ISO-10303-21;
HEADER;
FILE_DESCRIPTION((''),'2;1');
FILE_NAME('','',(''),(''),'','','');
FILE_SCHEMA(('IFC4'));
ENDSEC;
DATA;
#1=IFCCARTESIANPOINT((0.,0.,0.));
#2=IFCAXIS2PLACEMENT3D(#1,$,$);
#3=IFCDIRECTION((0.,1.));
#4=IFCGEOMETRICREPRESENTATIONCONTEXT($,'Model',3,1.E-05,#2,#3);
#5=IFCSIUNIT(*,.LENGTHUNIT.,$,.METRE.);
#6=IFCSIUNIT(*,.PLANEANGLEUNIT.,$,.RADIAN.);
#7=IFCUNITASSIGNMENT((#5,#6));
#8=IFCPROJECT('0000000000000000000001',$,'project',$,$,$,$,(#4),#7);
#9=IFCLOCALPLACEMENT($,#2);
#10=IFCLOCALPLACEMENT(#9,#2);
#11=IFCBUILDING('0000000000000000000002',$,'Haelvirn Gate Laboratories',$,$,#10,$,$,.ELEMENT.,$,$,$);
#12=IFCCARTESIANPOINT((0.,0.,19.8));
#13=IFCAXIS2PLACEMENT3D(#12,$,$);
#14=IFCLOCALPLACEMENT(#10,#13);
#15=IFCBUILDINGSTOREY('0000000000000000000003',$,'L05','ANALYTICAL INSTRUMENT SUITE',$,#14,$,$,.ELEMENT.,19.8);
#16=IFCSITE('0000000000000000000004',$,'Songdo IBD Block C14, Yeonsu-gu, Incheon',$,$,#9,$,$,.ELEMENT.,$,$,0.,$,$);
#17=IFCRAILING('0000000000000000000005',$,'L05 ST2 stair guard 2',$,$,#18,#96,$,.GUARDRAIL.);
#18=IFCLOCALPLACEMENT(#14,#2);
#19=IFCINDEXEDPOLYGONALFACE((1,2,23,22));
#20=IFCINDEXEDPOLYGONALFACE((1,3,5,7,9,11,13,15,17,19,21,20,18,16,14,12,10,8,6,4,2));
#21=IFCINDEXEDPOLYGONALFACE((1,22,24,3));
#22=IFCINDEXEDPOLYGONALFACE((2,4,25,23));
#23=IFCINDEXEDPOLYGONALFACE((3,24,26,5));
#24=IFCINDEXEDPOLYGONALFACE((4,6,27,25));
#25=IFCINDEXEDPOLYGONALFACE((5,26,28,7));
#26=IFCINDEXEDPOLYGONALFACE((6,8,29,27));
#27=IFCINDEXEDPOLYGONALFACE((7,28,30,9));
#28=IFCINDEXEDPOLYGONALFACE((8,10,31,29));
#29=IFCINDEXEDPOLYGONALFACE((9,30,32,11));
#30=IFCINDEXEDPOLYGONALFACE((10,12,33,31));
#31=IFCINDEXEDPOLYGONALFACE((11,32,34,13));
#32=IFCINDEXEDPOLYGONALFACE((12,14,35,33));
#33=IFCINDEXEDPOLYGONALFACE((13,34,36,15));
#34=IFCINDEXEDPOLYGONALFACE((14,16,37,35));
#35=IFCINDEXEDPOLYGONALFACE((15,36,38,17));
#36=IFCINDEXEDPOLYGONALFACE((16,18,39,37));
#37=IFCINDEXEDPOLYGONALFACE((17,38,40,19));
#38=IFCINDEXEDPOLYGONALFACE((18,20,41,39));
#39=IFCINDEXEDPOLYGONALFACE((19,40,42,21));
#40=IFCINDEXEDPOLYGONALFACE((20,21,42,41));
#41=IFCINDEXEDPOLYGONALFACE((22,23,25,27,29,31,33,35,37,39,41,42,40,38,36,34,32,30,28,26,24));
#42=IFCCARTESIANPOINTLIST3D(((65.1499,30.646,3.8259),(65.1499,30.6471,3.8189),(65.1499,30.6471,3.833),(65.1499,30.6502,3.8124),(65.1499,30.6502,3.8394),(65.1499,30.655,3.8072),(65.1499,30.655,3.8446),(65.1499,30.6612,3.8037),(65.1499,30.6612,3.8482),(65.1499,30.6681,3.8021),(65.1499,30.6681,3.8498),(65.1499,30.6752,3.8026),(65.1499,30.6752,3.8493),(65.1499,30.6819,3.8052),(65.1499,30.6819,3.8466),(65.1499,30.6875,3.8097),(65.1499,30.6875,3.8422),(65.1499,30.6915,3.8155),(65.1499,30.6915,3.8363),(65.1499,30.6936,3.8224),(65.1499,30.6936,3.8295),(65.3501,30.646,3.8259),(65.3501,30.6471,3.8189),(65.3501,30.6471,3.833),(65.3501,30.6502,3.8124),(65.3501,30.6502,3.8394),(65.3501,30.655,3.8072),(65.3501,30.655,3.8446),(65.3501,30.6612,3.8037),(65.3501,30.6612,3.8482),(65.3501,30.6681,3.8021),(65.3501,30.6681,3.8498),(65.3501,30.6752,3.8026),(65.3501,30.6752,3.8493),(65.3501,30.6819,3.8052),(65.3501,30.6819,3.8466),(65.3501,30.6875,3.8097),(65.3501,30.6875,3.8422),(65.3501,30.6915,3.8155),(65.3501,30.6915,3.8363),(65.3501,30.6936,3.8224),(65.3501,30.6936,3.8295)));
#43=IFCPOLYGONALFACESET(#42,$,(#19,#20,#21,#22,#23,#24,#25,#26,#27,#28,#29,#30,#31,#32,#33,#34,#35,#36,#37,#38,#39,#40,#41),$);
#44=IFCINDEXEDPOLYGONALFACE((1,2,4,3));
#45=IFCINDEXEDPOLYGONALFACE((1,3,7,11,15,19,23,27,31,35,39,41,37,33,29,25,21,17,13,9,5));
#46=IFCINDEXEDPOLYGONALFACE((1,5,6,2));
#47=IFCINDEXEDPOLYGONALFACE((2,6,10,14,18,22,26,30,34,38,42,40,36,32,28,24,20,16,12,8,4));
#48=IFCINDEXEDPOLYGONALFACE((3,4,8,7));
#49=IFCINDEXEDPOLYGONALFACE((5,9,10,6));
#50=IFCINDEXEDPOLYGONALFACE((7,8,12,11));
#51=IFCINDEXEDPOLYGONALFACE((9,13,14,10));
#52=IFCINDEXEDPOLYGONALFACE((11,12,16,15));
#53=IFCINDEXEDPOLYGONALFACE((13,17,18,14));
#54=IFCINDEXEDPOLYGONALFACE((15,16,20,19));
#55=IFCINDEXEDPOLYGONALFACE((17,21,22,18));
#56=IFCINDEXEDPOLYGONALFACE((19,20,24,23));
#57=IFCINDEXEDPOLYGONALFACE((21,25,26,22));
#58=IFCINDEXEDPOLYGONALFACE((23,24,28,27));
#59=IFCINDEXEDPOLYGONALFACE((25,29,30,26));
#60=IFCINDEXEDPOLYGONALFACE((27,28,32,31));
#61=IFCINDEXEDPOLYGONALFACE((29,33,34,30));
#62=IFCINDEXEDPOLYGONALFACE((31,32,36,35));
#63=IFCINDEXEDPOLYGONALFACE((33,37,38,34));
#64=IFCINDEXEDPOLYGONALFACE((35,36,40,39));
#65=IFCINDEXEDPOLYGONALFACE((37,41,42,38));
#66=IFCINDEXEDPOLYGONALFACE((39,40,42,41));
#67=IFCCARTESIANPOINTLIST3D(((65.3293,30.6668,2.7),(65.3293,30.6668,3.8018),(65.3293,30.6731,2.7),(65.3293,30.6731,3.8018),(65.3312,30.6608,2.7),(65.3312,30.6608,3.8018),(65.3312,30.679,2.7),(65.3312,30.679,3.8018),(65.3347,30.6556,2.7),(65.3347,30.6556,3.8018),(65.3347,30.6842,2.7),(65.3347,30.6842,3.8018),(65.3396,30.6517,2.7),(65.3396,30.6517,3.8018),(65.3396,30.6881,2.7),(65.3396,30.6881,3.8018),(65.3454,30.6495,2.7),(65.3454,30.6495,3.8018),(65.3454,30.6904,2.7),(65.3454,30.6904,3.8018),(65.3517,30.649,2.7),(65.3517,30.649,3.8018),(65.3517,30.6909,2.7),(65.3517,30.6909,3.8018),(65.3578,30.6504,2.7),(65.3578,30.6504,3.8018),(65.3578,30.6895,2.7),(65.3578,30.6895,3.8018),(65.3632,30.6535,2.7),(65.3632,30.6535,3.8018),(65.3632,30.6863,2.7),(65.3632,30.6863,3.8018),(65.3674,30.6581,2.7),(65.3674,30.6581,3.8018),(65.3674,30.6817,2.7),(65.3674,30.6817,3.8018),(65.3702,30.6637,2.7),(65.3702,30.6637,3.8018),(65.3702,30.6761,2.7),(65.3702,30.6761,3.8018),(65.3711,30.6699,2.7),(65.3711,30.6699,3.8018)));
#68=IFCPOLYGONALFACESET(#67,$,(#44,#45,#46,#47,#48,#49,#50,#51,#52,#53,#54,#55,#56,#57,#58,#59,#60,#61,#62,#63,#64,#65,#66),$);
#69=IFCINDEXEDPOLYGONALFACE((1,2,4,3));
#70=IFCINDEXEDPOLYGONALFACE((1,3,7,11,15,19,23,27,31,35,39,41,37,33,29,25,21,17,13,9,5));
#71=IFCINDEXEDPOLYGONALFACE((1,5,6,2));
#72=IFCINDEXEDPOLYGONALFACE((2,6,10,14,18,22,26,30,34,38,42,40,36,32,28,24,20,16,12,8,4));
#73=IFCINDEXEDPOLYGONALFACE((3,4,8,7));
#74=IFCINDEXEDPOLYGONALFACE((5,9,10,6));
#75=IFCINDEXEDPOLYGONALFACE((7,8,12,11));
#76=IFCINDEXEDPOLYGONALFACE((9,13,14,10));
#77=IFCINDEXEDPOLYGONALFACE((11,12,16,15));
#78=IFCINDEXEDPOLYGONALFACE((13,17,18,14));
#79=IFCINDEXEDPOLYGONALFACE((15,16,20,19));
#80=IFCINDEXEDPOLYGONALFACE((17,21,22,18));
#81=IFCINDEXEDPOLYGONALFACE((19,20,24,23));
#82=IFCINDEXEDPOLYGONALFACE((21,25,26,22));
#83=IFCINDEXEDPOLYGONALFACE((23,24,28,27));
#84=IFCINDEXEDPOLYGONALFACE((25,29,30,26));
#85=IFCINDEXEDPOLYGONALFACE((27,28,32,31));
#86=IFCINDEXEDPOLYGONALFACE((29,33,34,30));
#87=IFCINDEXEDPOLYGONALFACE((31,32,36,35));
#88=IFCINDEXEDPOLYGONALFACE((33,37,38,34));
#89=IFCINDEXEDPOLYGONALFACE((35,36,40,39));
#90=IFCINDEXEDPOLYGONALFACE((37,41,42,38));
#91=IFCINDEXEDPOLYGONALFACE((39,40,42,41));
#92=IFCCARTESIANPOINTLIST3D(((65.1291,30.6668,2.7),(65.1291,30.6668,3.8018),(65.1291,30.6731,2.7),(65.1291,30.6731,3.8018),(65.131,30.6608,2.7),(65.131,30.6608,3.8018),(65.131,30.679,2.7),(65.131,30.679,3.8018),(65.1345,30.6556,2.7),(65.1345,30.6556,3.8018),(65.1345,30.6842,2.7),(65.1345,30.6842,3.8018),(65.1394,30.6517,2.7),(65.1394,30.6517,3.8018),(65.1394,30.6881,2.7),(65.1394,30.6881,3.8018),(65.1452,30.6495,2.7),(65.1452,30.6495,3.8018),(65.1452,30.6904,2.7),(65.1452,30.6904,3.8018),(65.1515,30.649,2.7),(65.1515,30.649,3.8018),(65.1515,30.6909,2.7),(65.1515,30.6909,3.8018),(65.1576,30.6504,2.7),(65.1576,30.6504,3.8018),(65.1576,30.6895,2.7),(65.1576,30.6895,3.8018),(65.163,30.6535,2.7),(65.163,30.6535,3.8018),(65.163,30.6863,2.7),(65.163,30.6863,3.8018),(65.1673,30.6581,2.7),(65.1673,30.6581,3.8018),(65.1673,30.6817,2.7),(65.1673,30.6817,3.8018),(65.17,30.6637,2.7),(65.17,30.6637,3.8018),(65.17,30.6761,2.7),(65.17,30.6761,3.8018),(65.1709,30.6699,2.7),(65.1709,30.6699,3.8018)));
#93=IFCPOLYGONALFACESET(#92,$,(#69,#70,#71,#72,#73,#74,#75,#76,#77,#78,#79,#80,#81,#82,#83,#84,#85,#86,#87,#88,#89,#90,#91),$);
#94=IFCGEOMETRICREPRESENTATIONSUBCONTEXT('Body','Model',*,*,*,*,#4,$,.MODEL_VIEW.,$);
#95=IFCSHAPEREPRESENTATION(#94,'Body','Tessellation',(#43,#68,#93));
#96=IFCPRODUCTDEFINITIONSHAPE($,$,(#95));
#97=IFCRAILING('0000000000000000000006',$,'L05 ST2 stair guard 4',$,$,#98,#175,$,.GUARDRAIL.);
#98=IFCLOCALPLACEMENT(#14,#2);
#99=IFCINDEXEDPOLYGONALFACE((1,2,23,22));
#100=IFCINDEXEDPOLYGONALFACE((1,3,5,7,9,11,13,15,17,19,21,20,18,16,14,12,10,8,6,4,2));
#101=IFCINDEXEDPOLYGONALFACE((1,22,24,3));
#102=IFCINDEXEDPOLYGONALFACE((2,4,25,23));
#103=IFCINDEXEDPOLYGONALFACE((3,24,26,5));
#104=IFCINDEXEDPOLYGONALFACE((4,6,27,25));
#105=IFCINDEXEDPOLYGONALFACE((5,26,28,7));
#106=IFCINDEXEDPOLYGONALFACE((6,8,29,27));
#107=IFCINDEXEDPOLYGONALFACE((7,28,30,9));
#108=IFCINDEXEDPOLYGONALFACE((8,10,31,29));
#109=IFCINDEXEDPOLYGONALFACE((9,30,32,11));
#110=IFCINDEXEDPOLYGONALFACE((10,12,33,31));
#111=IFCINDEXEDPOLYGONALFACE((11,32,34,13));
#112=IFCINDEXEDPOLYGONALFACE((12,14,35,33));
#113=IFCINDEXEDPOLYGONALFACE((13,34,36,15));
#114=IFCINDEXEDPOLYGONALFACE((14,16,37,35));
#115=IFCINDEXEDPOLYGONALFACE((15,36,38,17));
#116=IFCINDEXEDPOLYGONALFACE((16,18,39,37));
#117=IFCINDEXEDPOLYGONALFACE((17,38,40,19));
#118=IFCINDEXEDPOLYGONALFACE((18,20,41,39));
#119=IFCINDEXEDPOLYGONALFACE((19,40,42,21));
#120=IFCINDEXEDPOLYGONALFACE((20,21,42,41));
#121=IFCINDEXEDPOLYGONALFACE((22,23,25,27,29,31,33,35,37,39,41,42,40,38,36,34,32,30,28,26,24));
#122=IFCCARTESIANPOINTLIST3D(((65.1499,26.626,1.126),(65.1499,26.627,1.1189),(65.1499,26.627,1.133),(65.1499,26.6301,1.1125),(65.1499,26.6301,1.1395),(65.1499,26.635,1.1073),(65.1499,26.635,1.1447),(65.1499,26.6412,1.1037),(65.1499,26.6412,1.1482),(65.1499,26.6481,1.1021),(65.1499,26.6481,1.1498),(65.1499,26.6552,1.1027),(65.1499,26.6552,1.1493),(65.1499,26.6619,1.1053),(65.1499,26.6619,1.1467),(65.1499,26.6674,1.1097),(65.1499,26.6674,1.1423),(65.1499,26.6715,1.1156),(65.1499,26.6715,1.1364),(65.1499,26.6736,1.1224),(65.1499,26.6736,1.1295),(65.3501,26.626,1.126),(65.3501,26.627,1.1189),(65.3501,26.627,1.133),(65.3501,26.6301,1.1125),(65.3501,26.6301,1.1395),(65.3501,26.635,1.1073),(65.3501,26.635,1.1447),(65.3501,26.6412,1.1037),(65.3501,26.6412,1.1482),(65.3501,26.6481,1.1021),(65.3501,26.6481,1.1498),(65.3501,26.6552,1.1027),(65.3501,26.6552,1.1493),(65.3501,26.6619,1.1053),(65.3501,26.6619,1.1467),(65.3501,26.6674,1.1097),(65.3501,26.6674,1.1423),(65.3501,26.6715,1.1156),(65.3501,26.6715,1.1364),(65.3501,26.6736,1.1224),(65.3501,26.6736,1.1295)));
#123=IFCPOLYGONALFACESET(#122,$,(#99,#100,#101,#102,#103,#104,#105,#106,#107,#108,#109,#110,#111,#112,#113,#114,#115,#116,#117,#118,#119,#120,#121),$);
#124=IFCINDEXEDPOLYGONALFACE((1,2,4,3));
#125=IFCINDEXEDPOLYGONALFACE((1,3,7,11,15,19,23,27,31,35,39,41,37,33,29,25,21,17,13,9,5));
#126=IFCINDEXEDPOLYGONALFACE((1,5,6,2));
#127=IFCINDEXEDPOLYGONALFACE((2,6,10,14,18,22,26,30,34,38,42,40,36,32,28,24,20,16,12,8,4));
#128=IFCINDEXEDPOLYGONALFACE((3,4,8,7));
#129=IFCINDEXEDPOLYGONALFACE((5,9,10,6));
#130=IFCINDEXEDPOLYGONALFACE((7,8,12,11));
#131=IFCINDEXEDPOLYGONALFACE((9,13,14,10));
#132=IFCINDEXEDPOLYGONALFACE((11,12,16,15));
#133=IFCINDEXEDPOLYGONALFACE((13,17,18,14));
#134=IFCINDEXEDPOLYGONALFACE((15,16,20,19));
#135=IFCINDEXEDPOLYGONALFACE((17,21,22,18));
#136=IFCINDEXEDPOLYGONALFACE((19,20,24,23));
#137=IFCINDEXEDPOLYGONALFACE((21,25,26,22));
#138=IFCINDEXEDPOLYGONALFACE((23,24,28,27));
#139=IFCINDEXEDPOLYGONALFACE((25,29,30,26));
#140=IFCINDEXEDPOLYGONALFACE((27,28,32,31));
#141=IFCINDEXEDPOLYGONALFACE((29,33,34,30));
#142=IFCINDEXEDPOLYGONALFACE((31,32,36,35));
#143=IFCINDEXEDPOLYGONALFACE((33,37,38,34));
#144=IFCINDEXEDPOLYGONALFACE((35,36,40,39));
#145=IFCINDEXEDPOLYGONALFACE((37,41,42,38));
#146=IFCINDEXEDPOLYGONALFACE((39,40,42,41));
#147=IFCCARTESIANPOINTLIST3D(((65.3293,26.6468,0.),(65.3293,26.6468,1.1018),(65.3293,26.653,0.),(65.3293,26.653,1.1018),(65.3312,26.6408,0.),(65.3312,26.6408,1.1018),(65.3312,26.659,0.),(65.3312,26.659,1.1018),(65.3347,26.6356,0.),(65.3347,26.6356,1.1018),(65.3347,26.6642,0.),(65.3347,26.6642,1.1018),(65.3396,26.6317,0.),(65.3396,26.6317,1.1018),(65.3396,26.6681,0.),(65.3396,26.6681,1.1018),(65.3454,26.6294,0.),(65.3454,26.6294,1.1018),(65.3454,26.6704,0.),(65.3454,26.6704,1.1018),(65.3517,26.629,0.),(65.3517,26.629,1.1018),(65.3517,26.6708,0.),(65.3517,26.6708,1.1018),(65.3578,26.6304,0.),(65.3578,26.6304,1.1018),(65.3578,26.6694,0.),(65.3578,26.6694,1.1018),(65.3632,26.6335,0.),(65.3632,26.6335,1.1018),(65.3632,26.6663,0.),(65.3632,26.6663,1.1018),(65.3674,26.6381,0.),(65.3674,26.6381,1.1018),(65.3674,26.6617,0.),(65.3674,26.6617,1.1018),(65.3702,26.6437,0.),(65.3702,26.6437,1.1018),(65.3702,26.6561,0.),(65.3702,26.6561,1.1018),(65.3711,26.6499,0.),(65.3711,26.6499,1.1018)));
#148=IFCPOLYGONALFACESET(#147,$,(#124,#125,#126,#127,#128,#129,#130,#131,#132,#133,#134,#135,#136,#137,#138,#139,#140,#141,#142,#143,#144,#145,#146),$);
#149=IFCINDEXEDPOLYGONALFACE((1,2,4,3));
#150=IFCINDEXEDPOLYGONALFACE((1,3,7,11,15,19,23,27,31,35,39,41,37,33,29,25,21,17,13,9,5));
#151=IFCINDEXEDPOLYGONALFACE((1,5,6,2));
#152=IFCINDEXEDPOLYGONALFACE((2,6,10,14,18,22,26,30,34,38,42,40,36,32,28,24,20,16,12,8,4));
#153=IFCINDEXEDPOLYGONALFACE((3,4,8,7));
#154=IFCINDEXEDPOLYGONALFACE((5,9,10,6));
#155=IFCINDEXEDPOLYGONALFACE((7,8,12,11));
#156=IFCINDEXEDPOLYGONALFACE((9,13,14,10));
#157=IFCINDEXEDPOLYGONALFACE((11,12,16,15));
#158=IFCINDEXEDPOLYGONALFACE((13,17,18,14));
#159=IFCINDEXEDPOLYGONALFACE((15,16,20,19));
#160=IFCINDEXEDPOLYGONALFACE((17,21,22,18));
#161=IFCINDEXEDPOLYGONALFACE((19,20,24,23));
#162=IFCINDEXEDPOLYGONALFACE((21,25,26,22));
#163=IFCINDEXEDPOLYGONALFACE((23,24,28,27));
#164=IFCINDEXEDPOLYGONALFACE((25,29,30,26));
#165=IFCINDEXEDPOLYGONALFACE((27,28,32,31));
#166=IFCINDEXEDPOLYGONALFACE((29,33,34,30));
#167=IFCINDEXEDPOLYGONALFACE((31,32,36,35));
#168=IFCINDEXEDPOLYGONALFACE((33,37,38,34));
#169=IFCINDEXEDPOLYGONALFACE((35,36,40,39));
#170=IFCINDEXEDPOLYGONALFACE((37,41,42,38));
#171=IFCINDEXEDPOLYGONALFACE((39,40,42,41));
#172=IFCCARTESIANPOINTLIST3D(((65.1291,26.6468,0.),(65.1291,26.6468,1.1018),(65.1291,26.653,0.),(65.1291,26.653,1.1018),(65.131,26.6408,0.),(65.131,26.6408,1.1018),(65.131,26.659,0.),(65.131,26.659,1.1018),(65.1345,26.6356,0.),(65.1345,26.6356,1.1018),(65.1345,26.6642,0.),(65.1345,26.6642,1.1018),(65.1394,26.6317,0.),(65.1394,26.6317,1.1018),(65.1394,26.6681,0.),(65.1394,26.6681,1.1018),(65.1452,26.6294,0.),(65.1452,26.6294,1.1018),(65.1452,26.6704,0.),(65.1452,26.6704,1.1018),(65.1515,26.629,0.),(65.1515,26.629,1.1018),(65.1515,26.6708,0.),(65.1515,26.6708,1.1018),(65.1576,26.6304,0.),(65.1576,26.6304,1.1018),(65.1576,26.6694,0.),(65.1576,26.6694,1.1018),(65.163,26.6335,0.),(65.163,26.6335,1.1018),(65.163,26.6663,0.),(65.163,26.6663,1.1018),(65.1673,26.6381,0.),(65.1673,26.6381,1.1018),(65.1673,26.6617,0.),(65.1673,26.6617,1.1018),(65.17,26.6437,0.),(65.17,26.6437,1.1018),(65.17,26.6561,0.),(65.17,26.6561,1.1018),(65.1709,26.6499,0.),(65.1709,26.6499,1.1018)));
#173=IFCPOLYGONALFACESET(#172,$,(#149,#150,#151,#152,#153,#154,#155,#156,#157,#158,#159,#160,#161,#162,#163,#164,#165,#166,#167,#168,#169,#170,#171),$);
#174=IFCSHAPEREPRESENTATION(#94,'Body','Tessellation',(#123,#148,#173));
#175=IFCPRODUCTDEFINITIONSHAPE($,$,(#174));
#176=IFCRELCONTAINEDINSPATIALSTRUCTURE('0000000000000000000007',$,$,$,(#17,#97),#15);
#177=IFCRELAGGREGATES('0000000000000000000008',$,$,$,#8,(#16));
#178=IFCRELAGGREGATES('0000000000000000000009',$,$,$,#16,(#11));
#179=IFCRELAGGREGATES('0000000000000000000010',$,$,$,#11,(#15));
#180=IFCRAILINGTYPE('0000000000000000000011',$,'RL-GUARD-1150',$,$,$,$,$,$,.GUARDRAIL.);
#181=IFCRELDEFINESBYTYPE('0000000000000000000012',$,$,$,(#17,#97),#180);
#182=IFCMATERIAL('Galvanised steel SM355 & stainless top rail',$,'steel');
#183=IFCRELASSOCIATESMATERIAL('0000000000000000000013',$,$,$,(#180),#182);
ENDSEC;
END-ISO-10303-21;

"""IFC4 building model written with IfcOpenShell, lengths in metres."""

from ifc_helpers import new_model, si_unit, direction, frame, origin, origin_2d, place, context, subcontext, project, spatial, circle, extrude, source, transform, mapped, material, type_object, element, save


model = new_model("IFC4")

# Units and contexts
model_context = context("Model", 3, precision=1e-05, world=origin(), true_north=direction((0.0, 1.0)))
body_context = subcontext(model_context, "Body", "Model", "MODEL_VIEW")
ifc_project = project(units=[si_unit("LENGTHUNIT", "METRE"), si_unit("PLANEANGLEUNIT", "RADIAN")], contexts=[model_context])

# Site, building, storey
site_placement = place(None, origin())
site = spatial("IfcSite", under=ifc_project, at=site_placement, Name="Songdo IBD Block C14, Yeonsu-gu, Incheon", CompositionType="ELEMENT", RefElevation=0.0)
building_placement = place(site_placement, origin())
building = spatial("IfcBuilding", under=site, at=building_placement, Name="Haelvirn Gate Laboratories", CompositionType="ELEMENT")
storey_placement = place(building_placement, frame((0.0, 0.0, 19.8)))
storey = spatial("IfcBuildingStorey", under=building, at=storey_placement, Name="L05", Description="ANALYTICAL INSTRUMENT SUITE", CompositionType="ELEMENT", Elevation=19.8)

# Railings
ifc_material_1 = material(Name="Galvanised steel SM355 & stainless top rail", Category="steel")
railing_type_1 = type_object("IfcRailingType", Name="RL-GUARD-1150", PredefinedType="GUARDRAIL", material=ifc_material_1)
shared_shape_1 = source(origin(), body_context, "Body", "SweptSolid", [
    extrude(circle(Radius=0.0239, at=origin_2d()), frame((0.0, 0.0, 1.126), z_axis=(-1.0, 0.0, 0.0), x_axis=(0.0, -1.0, 0.0)), (0.0, 0.0, 1.0), 0.2002),
    extrude(circle(Radius=0.021, at=origin_2d()), origin(), (0.0, 0.0, 1.0), 1.1018),
    extrude(circle(Radius=0.021, at=origin_2d()), frame((-0.2002, 0.0, 0.0)), (0.0, 0.0, 1.0), 1.1018),
])
for number, where, name in (
    (1, (65.3501, 30.6699, 2.7), "L05 ST2 stair guard 2"),
    (2, (65.3501, 26.6499, 0.0), "L05 ST2 stair guard 4"),
):
    element("IfcRailing", number, at=place(storey_placement, frame(where)), inside=storey, type_object=railing_type_1, Name=name, PredefinedType="GUARDRAIL", context=body_context, shape_type="MappedRepresentation", body=[
        mapped(shared_shape_1, transform((0.0, 0.0, 0.0), scale=1.0)),
    ])

save(model, "model.ifc")
